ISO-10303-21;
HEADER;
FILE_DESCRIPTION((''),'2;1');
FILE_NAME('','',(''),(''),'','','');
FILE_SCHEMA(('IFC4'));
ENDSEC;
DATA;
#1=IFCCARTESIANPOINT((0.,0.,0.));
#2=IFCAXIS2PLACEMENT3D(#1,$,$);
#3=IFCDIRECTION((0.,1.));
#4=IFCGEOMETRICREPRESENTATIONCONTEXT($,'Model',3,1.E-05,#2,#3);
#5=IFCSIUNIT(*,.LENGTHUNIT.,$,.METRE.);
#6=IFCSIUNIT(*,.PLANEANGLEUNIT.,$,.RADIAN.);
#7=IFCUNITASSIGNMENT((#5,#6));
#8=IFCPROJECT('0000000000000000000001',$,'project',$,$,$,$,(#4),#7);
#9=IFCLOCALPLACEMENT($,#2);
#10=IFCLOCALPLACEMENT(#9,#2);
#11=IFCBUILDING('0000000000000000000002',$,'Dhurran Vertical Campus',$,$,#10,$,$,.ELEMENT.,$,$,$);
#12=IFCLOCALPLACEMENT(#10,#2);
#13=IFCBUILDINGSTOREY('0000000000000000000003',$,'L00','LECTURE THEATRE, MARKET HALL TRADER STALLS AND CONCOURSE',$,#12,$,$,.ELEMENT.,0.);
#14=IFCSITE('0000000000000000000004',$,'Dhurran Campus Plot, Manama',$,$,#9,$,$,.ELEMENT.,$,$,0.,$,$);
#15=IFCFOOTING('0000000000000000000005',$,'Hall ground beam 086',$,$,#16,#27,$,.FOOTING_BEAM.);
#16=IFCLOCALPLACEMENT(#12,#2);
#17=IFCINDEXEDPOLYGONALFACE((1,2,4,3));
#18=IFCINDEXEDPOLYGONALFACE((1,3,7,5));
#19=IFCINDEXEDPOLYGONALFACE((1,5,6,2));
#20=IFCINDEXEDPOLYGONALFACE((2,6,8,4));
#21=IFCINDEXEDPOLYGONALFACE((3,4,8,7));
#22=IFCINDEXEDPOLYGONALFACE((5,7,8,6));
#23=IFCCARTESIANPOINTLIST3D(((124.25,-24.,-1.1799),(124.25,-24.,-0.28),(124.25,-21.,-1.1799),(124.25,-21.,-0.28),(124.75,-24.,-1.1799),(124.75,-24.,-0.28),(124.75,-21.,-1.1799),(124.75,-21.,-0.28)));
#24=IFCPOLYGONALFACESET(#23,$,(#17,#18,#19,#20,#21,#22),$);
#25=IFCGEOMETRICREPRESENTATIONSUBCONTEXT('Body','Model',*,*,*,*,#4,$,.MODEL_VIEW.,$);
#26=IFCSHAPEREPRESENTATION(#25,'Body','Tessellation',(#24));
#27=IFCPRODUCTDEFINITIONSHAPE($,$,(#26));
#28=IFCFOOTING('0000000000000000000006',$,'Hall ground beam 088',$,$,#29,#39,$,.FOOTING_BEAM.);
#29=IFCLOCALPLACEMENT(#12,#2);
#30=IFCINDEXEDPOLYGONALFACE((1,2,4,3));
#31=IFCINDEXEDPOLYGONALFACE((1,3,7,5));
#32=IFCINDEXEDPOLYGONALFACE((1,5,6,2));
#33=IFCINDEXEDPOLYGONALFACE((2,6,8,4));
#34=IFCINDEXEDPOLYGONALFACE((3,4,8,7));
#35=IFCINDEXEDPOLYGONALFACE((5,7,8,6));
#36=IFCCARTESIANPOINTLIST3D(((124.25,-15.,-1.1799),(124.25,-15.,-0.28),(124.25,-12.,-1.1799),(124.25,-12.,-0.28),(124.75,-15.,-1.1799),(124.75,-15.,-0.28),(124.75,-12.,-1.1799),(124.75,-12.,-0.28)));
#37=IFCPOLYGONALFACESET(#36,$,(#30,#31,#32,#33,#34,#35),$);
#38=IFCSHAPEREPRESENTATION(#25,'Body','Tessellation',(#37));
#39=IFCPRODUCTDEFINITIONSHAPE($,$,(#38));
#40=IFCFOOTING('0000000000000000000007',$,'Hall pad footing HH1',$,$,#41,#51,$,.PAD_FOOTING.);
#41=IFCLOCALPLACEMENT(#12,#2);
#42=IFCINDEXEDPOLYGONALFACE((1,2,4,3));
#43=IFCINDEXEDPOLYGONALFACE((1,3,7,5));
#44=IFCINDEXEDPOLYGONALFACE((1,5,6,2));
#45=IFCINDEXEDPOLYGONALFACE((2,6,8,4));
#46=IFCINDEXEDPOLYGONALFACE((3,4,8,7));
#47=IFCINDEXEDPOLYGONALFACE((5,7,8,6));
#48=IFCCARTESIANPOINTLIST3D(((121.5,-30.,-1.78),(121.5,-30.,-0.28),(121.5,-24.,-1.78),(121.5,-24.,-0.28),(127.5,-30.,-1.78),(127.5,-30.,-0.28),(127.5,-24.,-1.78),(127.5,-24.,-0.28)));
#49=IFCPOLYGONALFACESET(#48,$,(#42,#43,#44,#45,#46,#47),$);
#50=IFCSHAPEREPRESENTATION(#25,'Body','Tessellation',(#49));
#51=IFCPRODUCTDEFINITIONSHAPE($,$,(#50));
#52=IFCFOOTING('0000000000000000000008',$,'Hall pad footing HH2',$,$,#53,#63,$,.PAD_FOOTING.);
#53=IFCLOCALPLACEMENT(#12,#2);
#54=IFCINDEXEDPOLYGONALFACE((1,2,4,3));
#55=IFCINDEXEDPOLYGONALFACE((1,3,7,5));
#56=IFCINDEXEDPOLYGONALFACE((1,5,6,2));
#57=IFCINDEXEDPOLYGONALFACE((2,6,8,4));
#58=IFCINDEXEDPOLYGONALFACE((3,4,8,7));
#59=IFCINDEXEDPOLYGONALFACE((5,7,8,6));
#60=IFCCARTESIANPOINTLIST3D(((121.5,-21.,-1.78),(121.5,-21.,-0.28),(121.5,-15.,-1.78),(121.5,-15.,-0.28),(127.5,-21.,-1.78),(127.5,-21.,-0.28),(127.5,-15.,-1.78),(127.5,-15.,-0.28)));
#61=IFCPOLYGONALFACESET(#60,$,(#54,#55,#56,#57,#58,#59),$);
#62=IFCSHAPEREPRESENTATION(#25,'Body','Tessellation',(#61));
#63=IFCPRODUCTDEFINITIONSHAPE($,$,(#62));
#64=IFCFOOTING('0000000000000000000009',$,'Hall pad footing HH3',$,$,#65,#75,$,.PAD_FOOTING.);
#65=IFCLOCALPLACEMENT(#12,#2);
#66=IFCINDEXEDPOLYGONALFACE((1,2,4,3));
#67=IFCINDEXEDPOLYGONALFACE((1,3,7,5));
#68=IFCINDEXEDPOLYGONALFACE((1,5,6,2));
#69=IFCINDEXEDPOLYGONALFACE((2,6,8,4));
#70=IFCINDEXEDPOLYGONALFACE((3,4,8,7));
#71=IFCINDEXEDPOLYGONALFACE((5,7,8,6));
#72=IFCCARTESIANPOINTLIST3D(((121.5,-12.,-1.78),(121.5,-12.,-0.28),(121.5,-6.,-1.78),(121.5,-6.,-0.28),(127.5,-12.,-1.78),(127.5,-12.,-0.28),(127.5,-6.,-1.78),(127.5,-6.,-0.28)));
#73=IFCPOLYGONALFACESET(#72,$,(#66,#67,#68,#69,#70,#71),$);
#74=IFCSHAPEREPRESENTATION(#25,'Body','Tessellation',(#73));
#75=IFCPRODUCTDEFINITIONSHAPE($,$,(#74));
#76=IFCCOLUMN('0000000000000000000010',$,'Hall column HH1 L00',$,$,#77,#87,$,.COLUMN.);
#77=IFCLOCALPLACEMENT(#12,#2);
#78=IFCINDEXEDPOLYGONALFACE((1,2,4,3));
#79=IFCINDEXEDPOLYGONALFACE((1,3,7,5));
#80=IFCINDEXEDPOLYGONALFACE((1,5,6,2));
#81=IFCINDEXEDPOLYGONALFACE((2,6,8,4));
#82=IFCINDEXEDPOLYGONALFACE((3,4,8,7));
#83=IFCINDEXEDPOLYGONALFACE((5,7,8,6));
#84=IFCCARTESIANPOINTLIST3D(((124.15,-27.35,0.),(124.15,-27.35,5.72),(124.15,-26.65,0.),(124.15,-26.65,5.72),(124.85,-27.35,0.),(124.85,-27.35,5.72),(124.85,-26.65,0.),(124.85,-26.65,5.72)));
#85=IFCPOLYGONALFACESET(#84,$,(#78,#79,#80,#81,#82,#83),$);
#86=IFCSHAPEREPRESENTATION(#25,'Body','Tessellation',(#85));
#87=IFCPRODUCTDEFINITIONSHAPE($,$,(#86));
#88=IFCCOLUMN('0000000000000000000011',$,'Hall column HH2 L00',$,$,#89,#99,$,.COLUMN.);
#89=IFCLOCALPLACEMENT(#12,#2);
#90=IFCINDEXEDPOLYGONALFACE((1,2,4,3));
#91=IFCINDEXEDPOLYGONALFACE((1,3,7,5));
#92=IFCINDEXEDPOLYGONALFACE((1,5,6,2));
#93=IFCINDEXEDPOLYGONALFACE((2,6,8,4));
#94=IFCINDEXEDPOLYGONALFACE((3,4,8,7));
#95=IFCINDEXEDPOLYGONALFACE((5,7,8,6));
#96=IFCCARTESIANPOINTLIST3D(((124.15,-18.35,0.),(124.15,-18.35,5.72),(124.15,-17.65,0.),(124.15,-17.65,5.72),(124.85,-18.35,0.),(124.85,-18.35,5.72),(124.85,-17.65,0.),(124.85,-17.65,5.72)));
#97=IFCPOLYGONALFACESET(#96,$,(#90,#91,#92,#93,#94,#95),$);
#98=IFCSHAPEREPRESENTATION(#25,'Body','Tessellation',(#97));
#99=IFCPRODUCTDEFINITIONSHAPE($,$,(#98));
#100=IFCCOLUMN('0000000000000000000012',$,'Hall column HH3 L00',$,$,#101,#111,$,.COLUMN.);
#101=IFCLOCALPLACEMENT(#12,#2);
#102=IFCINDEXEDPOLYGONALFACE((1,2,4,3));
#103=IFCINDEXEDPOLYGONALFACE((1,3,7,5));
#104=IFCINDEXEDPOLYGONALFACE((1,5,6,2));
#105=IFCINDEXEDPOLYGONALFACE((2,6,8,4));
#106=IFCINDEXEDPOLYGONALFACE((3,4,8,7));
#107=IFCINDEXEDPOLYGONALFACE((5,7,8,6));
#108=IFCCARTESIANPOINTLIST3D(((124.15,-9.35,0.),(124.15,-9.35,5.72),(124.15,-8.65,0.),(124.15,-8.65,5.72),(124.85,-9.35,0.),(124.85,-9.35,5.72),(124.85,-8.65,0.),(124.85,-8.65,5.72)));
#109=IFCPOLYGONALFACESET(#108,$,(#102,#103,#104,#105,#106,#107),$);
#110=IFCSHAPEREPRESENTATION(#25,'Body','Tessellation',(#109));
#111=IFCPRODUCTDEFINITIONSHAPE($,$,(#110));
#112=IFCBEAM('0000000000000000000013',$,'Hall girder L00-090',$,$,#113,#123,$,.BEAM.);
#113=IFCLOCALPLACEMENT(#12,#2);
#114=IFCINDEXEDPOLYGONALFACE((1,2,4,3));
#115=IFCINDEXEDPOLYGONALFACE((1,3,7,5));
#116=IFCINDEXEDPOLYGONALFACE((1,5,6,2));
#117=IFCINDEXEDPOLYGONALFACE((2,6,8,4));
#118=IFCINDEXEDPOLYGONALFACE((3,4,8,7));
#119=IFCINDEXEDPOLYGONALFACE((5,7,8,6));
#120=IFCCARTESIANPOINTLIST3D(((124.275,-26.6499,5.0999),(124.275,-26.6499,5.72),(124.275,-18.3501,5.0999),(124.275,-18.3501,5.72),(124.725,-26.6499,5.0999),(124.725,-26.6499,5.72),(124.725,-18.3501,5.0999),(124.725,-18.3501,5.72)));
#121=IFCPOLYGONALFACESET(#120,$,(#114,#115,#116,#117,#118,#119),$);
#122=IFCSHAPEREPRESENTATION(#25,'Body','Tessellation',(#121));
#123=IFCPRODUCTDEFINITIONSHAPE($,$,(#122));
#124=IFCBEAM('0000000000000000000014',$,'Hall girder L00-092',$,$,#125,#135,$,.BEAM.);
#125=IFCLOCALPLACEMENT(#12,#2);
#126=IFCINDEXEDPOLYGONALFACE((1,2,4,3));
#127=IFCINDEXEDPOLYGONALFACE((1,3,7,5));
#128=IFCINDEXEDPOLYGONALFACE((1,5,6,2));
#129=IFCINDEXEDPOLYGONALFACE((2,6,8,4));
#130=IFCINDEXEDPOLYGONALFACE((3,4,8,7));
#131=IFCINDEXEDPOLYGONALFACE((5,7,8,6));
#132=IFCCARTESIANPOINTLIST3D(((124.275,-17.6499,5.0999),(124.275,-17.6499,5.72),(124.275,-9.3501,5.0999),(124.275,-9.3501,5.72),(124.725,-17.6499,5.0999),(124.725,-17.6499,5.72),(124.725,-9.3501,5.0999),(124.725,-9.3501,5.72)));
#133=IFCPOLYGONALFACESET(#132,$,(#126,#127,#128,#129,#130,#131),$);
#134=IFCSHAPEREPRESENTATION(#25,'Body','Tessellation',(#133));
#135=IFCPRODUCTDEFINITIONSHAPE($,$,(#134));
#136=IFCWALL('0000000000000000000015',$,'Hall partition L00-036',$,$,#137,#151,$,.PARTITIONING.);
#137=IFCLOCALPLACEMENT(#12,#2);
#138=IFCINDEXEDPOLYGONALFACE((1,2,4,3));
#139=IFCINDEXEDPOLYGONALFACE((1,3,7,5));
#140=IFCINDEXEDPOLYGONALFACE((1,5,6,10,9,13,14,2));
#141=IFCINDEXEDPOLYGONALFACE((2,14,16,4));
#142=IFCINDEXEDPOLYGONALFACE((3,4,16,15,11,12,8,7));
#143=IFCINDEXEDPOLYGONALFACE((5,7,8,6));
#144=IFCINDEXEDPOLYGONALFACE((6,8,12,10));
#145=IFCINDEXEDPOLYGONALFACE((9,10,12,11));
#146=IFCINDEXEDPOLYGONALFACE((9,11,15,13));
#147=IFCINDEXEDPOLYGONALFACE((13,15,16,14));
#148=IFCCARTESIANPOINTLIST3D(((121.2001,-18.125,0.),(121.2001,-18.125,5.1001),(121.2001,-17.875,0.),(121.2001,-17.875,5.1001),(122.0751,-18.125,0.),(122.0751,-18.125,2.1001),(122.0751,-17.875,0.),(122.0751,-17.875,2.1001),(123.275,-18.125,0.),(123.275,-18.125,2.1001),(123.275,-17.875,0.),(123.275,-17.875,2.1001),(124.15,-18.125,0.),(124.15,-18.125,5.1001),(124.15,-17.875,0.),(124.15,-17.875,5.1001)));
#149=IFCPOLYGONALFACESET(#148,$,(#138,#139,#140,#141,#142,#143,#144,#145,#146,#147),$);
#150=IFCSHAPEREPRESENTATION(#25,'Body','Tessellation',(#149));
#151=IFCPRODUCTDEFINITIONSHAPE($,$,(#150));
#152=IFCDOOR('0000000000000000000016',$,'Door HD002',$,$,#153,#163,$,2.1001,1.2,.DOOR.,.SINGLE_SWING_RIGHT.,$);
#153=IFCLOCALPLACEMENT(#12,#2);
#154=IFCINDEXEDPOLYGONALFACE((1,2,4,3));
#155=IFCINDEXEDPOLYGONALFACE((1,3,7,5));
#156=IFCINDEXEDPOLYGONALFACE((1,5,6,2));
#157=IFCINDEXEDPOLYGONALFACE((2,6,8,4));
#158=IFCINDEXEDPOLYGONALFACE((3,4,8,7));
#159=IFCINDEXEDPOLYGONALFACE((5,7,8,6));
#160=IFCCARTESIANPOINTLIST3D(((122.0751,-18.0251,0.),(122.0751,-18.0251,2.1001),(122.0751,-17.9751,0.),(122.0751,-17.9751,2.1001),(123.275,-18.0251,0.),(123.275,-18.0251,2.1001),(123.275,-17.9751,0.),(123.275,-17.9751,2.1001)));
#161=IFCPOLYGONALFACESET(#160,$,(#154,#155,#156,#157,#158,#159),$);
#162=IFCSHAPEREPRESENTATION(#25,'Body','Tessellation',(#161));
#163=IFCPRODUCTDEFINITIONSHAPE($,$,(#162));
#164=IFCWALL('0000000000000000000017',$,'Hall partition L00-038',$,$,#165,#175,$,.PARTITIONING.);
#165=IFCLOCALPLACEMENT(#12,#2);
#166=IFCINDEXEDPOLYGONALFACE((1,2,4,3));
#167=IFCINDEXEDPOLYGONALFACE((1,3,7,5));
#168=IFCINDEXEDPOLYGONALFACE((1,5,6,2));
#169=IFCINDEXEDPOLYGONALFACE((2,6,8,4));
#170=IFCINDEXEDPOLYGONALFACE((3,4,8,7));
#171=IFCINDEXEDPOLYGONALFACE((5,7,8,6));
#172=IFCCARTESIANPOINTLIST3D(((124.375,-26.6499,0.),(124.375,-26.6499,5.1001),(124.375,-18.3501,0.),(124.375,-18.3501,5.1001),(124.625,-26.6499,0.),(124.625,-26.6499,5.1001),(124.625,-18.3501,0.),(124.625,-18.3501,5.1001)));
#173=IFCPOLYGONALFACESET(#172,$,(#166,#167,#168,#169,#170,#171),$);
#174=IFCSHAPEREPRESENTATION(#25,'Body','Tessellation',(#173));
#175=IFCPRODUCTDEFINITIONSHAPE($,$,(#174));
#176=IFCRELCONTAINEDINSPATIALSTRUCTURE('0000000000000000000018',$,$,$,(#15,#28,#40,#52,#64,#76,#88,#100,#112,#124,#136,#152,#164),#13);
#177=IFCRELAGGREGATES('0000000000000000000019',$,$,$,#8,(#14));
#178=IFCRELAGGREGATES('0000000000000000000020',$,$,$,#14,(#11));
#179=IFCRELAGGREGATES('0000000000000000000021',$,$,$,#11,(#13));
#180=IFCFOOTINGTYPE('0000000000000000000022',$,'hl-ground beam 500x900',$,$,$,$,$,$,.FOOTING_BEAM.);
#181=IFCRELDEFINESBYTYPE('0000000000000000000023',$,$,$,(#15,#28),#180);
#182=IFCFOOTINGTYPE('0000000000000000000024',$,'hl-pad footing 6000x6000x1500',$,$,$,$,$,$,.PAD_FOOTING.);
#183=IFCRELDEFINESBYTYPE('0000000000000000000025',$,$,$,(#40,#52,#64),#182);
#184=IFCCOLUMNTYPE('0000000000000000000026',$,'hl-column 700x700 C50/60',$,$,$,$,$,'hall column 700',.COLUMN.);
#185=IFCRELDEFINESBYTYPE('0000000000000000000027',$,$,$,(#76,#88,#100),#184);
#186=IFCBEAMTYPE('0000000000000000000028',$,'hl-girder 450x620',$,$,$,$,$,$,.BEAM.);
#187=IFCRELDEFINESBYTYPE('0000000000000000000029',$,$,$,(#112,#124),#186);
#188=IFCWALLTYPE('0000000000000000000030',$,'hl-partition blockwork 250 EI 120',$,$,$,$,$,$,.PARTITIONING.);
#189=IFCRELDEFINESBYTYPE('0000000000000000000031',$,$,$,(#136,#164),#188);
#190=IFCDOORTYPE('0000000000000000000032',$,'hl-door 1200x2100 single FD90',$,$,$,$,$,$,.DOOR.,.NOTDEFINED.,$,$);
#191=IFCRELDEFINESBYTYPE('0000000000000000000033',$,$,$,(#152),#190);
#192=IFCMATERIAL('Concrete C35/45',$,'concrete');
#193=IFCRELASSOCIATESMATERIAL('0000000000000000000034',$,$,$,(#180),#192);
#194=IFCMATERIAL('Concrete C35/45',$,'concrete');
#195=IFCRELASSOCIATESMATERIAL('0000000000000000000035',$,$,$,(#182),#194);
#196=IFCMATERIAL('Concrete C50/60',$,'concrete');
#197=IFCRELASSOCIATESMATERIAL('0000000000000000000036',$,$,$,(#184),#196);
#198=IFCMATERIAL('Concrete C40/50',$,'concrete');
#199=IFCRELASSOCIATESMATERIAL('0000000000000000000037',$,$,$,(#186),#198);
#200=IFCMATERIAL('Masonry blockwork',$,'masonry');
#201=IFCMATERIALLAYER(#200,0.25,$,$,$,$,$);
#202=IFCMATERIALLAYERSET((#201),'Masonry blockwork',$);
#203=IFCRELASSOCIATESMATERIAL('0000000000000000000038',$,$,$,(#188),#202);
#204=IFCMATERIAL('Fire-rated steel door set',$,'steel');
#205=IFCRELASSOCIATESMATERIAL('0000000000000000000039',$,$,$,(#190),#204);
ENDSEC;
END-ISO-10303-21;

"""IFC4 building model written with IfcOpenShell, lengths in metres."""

from ifc_helpers import new_model, si_unit, direction, frame, frame_2d, origin, origin_2d, place, context, subcontext, project, spatial, rectangle, extrude, material, layer, layer_set, material_profile, profile_set, type_object, element, fill, save


model = new_model("IFC4")

# Units and contexts
model_context = context("Model", 3, precision=1e-05, world=origin(), true_north=direction((0.0, 1.0)))
body_context = subcontext(model_context, "Body", "Model", "MODEL_VIEW")
ifc_project = project(units=[si_unit("LENGTHUNIT", "METRE"), si_unit("PLANEANGLEUNIT", "RADIAN")], contexts=[model_context])

# Site, building, storey
site_placement = place(None, origin())
site = spatial("IfcSite", under=ifc_project, at=site_placement, Name="Dhurran Campus Plot, Manama", CompositionType="ELEMENT", RefElevation=0.0)
building_placement = place(site_placement, origin())
building = spatial("IfcBuilding", under=site, at=building_placement, Name="Dhurran Vertical Campus", CompositionType="ELEMENT")
storey_placement = place(building_placement, origin())
storey = spatial("IfcBuildingStorey", under=building, at=storey_placement, Name="L00", Description="LECTURE THEATRE, MARKET HALL TRADER STALLS AND CONCOURSE", CompositionType="ELEMENT", Elevation=0.0)

# Footings
ifc_material_1 = material(Name="Concrete C35/45", Category="concrete")
ifc_material_profile_1 = material_profile(ifc_material_1, rectangle(XDim=0.5, YDim=0.8999, at=origin_2d()), Name="hl-ground beam 500x900")
ifc_profile_set_1 = profile_set([ifc_material_profile_1], Name="Concrete C35/45")
footing_type_1 = type_object("IfcFootingType", Name="hl-ground beam 500x900", PredefinedType="FOOTING_BEAM", material=ifc_profile_set_1)
for number, where, z_axis, x_axis, name in (
    (1, (124.5, -24.0, -0.73), (0.0, 1.0, 0.0), (-1.0, 0.0, 0.0), "Hall ground beam 086"),
    (2, (124.5, -15.0, -0.73), (0.0, 1.0, 0.0), (-1.0, 0.0, 0.0), "Hall ground beam 088"),
):
    element("IfcFooting", number, at=place(storey_placement, frame(where, z_axis=z_axis, x_axis=x_axis)), inside=storey, type_object=footing_type_1, Name=name, PredefinedType="FOOTING_BEAM", context=body_context, shape_type="SweptSolid", body=[
        extrude(rectangle(XDim=0.5, YDim=0.8999, at=origin_2d()), origin(), (0.0, 0.0, 1.0), 3.0),
    ])
ifc_material_2 = material(Name="Concrete C35/45", Category="concrete")
footing_type_2 = type_object("IfcFootingType", Name="hl-pad footing 6000x6000x1500", PredefinedType="PAD_FOOTING", material=ifc_material_2)
for number, where, z_axis, x_axis, name in (
    (3, (124.5, -27.0, -1.78), (0.0, 0.0, 1.0), (1.0, 0.0, 0.0), "Hall pad footing HH1"),
    (4, (124.5, -18.0, -1.78), (0.0, 0.0, 1.0), (1.0, 0.0, 0.0), "Hall pad footing HH2"),
    (5, (124.5, -9.0, -1.78), (0.0, 0.0, 1.0), (1.0, 0.0, 0.0), "Hall pad footing HH3"),
):
    element("IfcFooting", number, at=place(storey_placement, frame(where, z_axis=z_axis, x_axis=x_axis)), inside=storey, type_object=footing_type_2, Name=name, PredefinedType="PAD_FOOTING", context=body_context, shape_type="SweptSolid", body=[
        extrude(rectangle(XDim=6.0, YDim=6.0, at=origin_2d()), origin(), (0.0, 0.0, 1.0), 1.5),
    ])

# Columns
ifc_material_3 = material(Name="Concrete C50/60", Category="concrete")
ifc_material_profile_2 = material_profile(ifc_material_3, rectangle(XDim=0.7, YDim=0.7, at=origin_2d()), Name="hl-column 700x700 C50/60")
ifc_profile_set_2 = profile_set([ifc_material_profile_2], Name="Concrete C50/60")
column_type = type_object("IfcColumnType", Name="hl-column 700x700 C50/60", ElementType="hall column 700", PredefinedType="COLUMN", material=ifc_profile_set_2)
for number, where, z_axis, x_axis, name in (
    (6, (124.5, -27.0, 0.0), (0.0, 0.0, 1.0), (1.0, 0.0, 0.0), "Hall column HH1 L00"),
    (7, (124.5, -18.0, 0.0), (0.0, 0.0, 1.0), (1.0, 0.0, 0.0), "Hall column HH2 L00"),
    (8, (124.5, -9.0, 0.0), (0.0, 0.0, 1.0), (1.0, 0.0, 0.0), "Hall column HH3 L00"),
):
    element("IfcColumn", number, at=place(storey_placement, frame(where, z_axis=z_axis, x_axis=x_axis)), inside=storey, type_object=column_type, Name=name, PredefinedType="COLUMN", context=body_context, shape_type="SweptSolid", body=[
        extrude(rectangle(XDim=0.7, YDim=0.7, at=origin_2d()), origin(), (0.0, 0.0, 1.0), 5.72),
    ])

# Beams
ifc_material_4 = material(Name="Concrete C40/50", Category="concrete")
ifc_material_profile_3 = material_profile(ifc_material_4, rectangle(XDim=0.45, YDim=0.6201, at=origin_2d()), Name="hl-girder 450x620")
ifc_profile_set_3 = profile_set([ifc_material_profile_3], Name="Concrete C40/50")
beam_type = type_object("IfcBeamType", Name="hl-girder 450x620", PredefinedType="BEAM", material=ifc_profile_set_3)
for number, where, z_axis, x_axis, name in (
    (9, (124.5, -26.6499, 5.4099), (0.0, 1.0, 0.0), (-1.0, 0.0, 0.0), "Hall girder L00-090"),
    (10, (124.5, -17.6499, 5.4099), (0.0, 1.0, 0.0), (-1.0, 0.0, 0.0), "Hall girder L00-092"),
):
    element("IfcBeam", number, at=place(storey_placement, frame(where, z_axis=z_axis, x_axis=x_axis)), inside=storey, type_object=beam_type, Name=name, PredefinedType="BEAM", context=body_context, shape_type="SweptSolid", body=[
        extrude(rectangle(XDim=0.45, YDim=0.6201, at=origin_2d()), origin(), (0.0, 0.0, 1.0), 8.2998),
    ])

# Wall, opening, door
ifc_material_5 = material(Name="Masonry blockwork", Category="masonry")
ifc_layer_1 = layer(ifc_material_5, 0.25)
ifc_layer_set_1 = layer_set([ifc_layer_1], Name="Masonry blockwork")
wall_type_1 = type_object("IfcWallType", Name="hl-partition blockwork 250 EI 120", PredefinedType="PARTITIONING", material=ifc_layer_set_1)
wall_1_placement = place(storey_placement, frame((121.2, -18.0, 0.0), z_axis=(0.0, 0.0, 1.0), x_axis=(1.0, 0.0, 0.0)))
wall_1 = element("IfcWall", 11, at=wall_1_placement, inside=storey, type_object=wall_type_1, Name="Hall partition L00-036", PredefinedType="PARTITIONING", context=body_context, shape_type="SweptSolid", body=[
    extrude(rectangle(XDim=2.95, YDim=0.25, at=frame_2d((1.4751, 0.0))), origin(), (0.0, 0.0, 1.0), 5.1001),
])
opening_1_placement = place(wall_1_placement, frame((0.875, 0.0, 0.0)))
opening_1 = element("IfcOpeningElement", 12, at=opening_1_placement, cuts=wall_1, PredefinedType="OPENING", context=body_context, shape_type="SweptSolid", body=[
    extrude(rectangle(XDim=1.2, YDim=2.1001, at=frame_2d((0.6001, 1.05))), frame((0.0, 0.135, 0.0), z_axis=(0.0, -1.0, 0.0), x_axis=(1.0, 0.0, 0.0)), (0.0, 0.0, 1.0), 0.27),
])
ifc_material_6 = material(Name="Fire-rated steel door set", Category="steel")
door_type_1 = type_object("IfcDoorType", Name="hl-door 1200x2100 single FD90", OperationType="NOTDEFINED", PredefinedType="DOOR", material=ifc_material_6)
door_1_placement = place(opening_1_placement, origin())
door_1 = element("IfcDoor", 13, at=door_1_placement, inside=storey, type_object=door_type_1, Name="Door HD002", OperationType="SINGLE_SWING_RIGHT", OverallHeight=2.1001, OverallWidth=1.2, PredefinedType="DOOR", context=body_context, shape_type="SweptSolid", body=[
    extrude(rectangle(XDim=1.2, YDim=2.1001, at=frame_2d((0.6001, 1.05))), frame((0.0, 0.0249, 0.0), z_axis=(0.0, -1.0, 0.0), x_axis=(1.0, 0.0, 0.0)), (0.0, 0.0, 1.0), 0.05),
])
fill(opening_1, door_1)

# Wall
wall_2_placement = place(storey_placement, frame((124.5, -26.6499, 0.0), z_axis=(0.0, 0.0, 1.0), x_axis=(0.0, 1.0, 0.0)))
element("IfcWall", 14, at=wall_2_placement, inside=storey, type_object=wall_type_1, Name="Hall partition L00-038", PredefinedType="PARTITIONING", context=body_context, shape_type="SweptSolid", body=[
    extrude(rectangle(XDim=8.2998, YDim=0.25, at=frame_2d((4.1499, 0.0))), origin(), (0.0, 0.0, 1.0), 5.1001),
])

save(model, "model.ifc")
